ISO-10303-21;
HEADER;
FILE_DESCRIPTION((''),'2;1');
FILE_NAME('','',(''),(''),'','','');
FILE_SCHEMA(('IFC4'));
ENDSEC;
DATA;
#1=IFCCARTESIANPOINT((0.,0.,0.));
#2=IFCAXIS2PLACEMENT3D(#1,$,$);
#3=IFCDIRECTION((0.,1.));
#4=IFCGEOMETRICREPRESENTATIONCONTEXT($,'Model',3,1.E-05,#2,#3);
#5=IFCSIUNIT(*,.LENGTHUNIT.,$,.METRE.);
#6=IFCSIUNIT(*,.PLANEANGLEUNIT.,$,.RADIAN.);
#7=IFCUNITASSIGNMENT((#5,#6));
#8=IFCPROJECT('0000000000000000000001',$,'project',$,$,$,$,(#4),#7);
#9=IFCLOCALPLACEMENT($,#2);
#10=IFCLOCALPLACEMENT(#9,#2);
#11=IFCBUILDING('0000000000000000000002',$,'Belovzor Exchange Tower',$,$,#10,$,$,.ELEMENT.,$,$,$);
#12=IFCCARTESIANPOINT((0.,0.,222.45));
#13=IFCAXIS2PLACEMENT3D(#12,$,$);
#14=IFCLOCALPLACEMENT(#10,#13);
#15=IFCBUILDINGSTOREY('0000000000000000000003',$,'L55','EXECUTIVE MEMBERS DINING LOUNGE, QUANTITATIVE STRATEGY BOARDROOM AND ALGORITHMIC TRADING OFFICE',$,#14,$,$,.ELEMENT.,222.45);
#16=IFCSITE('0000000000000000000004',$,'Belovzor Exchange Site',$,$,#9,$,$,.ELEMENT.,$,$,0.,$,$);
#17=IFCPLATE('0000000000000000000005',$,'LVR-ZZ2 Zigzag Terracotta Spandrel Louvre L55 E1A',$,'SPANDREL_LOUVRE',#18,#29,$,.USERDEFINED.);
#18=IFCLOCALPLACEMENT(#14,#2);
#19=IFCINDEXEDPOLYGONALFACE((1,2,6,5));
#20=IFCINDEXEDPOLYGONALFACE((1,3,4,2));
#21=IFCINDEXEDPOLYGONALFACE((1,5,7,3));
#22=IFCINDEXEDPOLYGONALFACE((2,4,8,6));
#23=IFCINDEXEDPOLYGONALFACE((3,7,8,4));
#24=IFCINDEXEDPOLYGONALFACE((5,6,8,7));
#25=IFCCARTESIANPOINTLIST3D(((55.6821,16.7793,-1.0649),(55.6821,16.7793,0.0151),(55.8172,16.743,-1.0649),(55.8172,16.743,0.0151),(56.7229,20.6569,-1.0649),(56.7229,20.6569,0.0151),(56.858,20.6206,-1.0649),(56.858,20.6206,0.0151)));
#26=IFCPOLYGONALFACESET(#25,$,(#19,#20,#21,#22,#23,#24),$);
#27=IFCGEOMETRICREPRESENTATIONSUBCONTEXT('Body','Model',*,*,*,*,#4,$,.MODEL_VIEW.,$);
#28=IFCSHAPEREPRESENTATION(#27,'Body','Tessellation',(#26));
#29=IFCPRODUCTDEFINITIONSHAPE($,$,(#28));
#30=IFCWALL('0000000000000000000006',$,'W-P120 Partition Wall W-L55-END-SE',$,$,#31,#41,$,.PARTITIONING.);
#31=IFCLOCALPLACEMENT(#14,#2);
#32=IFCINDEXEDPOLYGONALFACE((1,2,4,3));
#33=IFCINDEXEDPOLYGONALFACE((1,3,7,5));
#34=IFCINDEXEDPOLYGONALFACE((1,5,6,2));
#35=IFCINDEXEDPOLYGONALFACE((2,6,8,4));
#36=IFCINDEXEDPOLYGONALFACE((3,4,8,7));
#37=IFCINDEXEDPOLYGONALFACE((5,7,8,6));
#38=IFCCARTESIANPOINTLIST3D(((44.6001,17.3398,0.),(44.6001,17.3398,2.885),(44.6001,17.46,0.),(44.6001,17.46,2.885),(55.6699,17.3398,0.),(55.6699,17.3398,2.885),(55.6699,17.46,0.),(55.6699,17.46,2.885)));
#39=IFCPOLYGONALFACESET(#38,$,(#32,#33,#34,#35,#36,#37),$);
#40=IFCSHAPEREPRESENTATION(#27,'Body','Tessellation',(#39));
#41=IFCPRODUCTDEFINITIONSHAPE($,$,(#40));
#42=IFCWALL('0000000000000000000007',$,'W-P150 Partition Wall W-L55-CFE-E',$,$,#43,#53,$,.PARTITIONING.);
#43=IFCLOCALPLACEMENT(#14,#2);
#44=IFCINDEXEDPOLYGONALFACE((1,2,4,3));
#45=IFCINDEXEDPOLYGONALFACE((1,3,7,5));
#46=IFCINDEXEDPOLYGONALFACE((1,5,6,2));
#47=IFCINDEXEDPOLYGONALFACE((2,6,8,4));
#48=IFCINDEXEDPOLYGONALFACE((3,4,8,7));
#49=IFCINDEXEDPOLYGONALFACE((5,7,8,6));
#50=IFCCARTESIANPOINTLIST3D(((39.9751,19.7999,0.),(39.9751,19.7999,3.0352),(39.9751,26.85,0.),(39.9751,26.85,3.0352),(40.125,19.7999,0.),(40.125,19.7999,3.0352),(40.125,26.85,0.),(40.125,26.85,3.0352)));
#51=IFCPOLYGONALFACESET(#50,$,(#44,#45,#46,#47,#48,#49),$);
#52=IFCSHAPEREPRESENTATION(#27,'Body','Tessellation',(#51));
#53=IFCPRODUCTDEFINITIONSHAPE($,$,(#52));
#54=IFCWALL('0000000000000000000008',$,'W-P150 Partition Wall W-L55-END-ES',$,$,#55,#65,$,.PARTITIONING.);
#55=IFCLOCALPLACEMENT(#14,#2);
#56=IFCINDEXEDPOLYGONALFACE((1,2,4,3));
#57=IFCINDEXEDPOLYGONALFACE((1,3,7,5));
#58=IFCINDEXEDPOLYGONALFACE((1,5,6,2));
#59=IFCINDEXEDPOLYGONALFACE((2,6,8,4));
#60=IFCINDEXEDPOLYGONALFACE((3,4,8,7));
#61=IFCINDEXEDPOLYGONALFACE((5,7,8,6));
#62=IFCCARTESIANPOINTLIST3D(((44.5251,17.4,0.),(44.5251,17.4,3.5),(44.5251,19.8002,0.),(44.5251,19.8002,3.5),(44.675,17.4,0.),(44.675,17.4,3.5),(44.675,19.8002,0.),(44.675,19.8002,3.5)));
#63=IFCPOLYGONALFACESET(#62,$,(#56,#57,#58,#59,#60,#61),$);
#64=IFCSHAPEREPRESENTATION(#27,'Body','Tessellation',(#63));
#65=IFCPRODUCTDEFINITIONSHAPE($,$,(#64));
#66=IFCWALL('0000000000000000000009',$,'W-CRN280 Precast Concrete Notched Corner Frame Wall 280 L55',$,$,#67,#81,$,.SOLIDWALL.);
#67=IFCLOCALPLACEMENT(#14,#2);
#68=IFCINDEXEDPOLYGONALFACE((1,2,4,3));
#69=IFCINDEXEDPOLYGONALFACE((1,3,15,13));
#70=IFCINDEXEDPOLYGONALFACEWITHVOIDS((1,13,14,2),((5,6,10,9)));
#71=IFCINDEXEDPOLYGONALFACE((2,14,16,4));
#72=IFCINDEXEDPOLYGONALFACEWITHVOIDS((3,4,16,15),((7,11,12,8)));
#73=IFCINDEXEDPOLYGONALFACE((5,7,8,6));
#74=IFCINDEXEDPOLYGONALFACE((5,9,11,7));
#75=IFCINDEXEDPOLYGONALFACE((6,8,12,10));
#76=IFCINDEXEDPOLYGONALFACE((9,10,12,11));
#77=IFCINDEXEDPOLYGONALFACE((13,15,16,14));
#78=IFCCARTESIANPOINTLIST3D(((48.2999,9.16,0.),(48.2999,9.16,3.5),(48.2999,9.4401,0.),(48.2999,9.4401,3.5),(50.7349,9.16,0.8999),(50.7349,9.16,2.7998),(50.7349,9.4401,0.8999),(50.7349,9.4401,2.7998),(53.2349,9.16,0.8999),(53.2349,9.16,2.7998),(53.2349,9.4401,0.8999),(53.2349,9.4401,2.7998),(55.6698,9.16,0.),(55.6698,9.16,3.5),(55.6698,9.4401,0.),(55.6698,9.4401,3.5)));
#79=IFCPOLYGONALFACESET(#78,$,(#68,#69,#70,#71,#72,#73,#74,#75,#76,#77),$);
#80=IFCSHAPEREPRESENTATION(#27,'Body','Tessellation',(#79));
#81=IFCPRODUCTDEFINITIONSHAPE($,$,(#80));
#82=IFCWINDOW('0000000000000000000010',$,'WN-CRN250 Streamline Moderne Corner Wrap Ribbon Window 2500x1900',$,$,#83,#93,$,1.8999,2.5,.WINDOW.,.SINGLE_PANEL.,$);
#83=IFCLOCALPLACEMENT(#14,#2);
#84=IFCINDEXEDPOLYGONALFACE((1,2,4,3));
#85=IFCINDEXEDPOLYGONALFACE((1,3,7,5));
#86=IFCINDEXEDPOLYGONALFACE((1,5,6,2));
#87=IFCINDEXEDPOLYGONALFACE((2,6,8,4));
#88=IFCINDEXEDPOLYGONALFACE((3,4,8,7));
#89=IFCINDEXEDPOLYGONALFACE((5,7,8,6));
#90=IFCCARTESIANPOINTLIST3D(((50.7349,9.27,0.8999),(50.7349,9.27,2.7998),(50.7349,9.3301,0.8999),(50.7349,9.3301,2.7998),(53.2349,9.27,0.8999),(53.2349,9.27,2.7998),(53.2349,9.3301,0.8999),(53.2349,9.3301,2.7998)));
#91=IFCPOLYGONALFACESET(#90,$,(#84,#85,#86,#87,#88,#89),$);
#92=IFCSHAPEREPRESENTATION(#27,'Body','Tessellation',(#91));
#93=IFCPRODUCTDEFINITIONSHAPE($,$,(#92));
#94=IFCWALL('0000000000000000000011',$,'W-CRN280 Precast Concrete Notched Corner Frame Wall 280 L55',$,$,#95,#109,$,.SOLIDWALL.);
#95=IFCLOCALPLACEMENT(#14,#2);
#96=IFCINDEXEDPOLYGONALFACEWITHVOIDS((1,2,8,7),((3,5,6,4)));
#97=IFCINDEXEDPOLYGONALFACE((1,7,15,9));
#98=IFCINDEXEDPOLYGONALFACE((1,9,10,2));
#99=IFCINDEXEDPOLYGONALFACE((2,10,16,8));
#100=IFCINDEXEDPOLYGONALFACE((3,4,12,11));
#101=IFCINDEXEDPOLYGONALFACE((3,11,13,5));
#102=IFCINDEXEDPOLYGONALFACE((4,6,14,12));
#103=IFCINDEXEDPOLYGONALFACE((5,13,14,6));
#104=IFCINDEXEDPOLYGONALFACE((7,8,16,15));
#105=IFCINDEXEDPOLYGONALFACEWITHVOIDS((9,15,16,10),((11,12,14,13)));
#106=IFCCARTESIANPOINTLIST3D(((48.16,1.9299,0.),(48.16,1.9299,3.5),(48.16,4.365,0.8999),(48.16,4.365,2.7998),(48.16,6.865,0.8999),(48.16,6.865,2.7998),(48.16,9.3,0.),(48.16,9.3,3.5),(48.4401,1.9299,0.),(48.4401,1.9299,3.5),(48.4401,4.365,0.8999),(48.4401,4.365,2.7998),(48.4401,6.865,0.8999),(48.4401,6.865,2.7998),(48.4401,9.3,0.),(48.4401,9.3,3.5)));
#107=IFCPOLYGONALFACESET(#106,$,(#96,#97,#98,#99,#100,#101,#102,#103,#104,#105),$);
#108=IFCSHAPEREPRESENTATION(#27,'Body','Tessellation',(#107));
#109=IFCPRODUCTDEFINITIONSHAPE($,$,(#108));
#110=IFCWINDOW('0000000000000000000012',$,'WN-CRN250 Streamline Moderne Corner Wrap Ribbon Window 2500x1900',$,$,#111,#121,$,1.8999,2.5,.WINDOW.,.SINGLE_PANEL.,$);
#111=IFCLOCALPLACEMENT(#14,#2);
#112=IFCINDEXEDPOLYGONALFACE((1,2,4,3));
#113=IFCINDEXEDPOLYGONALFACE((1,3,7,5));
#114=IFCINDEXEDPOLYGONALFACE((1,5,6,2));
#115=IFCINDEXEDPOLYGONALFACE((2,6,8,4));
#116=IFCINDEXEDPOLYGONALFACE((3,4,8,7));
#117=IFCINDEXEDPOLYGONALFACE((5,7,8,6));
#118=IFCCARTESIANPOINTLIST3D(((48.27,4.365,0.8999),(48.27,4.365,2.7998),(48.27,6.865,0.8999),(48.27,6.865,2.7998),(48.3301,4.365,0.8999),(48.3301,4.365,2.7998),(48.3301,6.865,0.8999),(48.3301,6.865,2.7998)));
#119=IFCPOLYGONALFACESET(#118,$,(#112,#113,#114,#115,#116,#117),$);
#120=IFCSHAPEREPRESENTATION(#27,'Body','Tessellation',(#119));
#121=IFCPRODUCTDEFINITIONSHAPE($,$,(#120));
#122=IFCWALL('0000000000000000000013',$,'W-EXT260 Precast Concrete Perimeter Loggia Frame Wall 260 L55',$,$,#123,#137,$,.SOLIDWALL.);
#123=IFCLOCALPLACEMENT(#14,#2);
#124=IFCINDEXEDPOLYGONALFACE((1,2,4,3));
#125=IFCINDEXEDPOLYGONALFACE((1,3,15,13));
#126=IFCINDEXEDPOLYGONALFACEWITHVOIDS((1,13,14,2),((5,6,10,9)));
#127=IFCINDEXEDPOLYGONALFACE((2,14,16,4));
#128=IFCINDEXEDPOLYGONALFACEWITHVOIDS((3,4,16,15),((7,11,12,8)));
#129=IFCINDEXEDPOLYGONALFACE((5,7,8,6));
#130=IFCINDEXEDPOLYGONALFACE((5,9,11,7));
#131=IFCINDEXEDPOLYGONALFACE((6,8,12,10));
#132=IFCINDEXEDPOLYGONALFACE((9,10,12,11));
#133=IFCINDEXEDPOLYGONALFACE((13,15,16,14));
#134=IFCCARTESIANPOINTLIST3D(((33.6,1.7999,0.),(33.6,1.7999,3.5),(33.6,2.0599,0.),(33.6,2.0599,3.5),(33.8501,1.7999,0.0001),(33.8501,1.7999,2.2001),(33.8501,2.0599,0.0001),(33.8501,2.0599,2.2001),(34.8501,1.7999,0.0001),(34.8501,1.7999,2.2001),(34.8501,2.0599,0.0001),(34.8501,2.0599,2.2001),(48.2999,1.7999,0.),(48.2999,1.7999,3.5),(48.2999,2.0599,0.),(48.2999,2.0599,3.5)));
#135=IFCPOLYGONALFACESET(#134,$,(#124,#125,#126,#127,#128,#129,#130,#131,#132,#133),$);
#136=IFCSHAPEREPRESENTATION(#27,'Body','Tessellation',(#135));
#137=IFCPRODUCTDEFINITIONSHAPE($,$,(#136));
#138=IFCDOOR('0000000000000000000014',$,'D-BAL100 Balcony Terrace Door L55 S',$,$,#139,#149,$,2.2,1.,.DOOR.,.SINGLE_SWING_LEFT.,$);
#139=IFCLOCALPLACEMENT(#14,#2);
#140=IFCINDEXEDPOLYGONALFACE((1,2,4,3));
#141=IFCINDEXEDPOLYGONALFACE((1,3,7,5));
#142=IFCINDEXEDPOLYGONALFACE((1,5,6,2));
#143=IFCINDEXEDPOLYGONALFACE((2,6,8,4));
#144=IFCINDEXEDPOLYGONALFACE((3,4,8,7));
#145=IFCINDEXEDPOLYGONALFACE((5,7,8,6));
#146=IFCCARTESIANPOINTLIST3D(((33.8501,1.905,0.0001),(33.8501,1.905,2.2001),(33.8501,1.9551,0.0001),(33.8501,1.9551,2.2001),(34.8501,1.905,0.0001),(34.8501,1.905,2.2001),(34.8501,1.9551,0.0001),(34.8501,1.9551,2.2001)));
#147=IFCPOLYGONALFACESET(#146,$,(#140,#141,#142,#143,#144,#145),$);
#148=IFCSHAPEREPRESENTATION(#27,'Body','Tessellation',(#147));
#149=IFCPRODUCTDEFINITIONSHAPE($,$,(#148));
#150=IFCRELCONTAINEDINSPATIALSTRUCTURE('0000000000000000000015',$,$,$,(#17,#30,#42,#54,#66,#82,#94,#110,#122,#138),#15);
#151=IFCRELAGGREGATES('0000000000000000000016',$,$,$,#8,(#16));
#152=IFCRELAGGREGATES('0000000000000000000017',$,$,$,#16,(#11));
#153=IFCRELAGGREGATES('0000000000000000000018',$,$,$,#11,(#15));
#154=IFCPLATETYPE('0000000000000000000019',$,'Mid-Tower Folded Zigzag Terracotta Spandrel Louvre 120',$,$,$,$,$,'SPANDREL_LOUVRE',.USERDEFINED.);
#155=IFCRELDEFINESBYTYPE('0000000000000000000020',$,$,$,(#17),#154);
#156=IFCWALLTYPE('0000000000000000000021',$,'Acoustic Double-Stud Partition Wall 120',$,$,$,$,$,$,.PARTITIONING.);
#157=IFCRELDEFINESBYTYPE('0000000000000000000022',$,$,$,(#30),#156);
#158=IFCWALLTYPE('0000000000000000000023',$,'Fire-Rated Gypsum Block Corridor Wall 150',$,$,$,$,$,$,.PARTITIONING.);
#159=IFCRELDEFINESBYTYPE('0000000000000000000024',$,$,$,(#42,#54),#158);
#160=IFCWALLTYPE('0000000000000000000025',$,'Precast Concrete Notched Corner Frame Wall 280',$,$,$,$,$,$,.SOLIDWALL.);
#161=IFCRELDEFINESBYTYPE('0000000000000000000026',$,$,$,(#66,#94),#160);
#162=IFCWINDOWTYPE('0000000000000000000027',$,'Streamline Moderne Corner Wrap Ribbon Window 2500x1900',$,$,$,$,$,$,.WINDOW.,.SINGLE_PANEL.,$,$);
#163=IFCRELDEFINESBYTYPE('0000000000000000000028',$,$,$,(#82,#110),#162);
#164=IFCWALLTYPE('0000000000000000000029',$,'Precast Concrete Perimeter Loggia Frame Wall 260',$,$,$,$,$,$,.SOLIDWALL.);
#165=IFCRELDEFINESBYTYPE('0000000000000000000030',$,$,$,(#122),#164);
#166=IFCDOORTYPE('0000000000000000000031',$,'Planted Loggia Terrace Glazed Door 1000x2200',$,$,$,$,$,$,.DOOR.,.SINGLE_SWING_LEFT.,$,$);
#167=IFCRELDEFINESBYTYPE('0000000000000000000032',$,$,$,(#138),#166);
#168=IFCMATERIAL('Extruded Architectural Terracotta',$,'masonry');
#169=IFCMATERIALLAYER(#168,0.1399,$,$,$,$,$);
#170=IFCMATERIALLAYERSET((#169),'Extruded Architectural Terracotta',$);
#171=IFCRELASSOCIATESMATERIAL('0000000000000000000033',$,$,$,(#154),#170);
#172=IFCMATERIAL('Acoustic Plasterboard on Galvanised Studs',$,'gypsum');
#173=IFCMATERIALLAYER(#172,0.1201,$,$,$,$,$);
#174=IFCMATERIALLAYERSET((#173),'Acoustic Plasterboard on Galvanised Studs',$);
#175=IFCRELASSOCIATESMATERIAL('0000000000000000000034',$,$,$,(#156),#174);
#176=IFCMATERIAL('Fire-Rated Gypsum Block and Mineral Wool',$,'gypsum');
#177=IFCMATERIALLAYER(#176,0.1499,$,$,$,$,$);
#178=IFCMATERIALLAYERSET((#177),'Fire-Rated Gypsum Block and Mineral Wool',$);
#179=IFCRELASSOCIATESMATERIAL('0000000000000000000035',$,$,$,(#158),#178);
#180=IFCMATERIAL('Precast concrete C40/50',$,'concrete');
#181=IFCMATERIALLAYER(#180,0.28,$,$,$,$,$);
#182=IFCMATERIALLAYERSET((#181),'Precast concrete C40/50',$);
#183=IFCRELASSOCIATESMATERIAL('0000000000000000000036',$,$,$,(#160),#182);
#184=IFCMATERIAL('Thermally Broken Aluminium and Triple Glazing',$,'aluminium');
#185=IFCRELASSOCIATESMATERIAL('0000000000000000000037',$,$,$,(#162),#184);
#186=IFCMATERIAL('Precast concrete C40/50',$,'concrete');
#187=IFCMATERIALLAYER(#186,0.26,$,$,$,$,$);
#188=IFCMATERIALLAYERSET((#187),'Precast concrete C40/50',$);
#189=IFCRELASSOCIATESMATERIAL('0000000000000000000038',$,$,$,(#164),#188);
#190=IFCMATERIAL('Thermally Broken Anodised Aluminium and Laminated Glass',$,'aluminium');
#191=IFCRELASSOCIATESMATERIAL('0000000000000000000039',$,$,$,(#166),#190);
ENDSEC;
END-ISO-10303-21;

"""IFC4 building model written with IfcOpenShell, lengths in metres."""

from ifc_helpers import new_model, si_unit, direction, frame, frame_2d, origin, origin_2d, place, context, subcontext, project, spatial, rectangle, extrude, material, layer, layer_set, type_object, element, fill, save


model = new_model("IFC4")

# Units and contexts
model_context = context("Model", 3, precision=1e-05, world=origin(), true_north=direction((0.0, 1.0)))
body_context = subcontext(model_context, "Body", "Model", "MODEL_VIEW")
ifc_project = project(units=[si_unit("LENGTHUNIT", "METRE"), si_unit("PLANEANGLEUNIT", "RADIAN")], contexts=[model_context])

# Site, building, storey
site_placement = place(None, origin())
site = spatial("IfcSite", under=ifc_project, at=site_placement, Name="Belovzor Exchange Site", CompositionType="ELEMENT", RefElevation=0.0)
building_placement = place(site_placement, origin())
building = spatial("IfcBuilding", under=site, at=building_placement, Name="Belovzor Exchange Tower", CompositionType="ELEMENT")
storey_placement = place(building_placement, frame((0.0, 0.0, 222.45)))
storey = spatial("IfcBuildingStorey", under=building, at=storey_placement, Name="L55", Description="EXECUTIVE MEMBERS DINING LOUNGE, QUANTITATIVE STRATEGY BOARDROOM AND ALGORITHMIC TRADING OFFICE", CompositionType="ELEMENT", Elevation=222.45)

# Plate
ifc_material_1 = material(Name="Extruded Architectural Terracotta", Category="masonry")
ifc_layer_1 = layer(ifc_material_1, 0.1399)
ifc_layer_set_1 = layer_set([ifc_layer_1], Name="Extruded Architectural Terracotta")
plate_type = type_object("IfcPlateType", Name="Mid-Tower Folded Zigzag Terracotta Spandrel Louvre 120", ElementType="SPANDREL_LOUVRE", PredefinedType="USERDEFINED", material=ifc_layer_set_1)
plate_placement = place(storey_placement, frame((56.27, 18.7, -1.0649), z_axis=(0.0, 0.0, 1.0), x_axis=(0.25924, 0.965813, 0.0)))
element("IfcPlate", 1, at=plate_placement, inside=storey, type_object=plate_type, Name="LVR-ZZ2 Zigzag Terracotta Spandrel Louvre L55 E1A", ObjectType="SPANDREL_LOUVRE", PredefinedType="USERDEFINED", context=body_context, shape_type="SweptSolid", body=[
    extrude(rectangle(XDim=4.0149, YDim=0.1399, at=origin_2d()), origin(), (0.0, 0.0, 1.0), 1.0801),
])

# Walls
ifc_material_2 = material(Name="Acoustic Plasterboard on Galvanised Studs", Category="gypsum")
ifc_layer_2 = layer(ifc_material_2, 0.1201)
ifc_layer_set_2 = layer_set([ifc_layer_2], Name="Acoustic Plasterboard on Galvanised Studs")
wall_type_1 = type_object("IfcWallType", Name="Acoustic Double-Stud Partition Wall 120", PredefinedType="PARTITIONING", material=ifc_layer_set_2)
wall_1_placement = place(storey_placement, frame((44.6001, 17.3999, 0.0), z_axis=(0.0, 0.0, 1.0), x_axis=(1.0, 0.0, 0.0)))
element("IfcWall", 2, at=wall_1_placement, inside=storey, type_object=wall_type_1, Name="W-P120 Partition Wall W-L55-END-SE", PredefinedType="PARTITIONING", context=body_context, shape_type="SweptSolid", body=[
    extrude(rectangle(XDim=11.0698, YDim=0.1201, at=frame_2d((5.5349, 0.0))), origin(), (0.0, 0.0, 1.0), 2.885),
])
ifc_material_3 = material(Name="Fire-Rated Gypsum Block and Mineral Wool", Category="gypsum")
ifc_layer_3 = layer(ifc_material_3, 0.1499)
ifc_layer_set_3 = layer_set([ifc_layer_3], Name="Fire-Rated Gypsum Block and Mineral Wool")
wall_type_2 = type_object("IfcWallType", Name="Fire-Rated Gypsum Block Corridor Wall 150", PredefinedType="PARTITIONING", material=ifc_layer_set_3)
wall_2_placement = place(storey_placement, frame((40.05, 19.8, 0.0), z_axis=(0.0, 0.0, 1.0), x_axis=(0.0, 1.0, 0.0)))
element("IfcWall", 3, at=wall_2_placement, inside=storey, type_object=wall_type_2, Name="W-P150 Partition Wall W-L55-CFE-E", PredefinedType="PARTITIONING", context=body_context, shape_type="SweptSolid", body=[
    extrude(rectangle(XDim=7.05, YDim=0.1499, at=frame_2d((3.5249, 0.0))), origin(), (0.0, 0.0, 1.0), 3.0352),
])
wall_3_placement = place(storey_placement, frame((44.6001, 17.3999, 0.0), z_axis=(0.0, 0.0, 1.0), x_axis=(0.0, 1.0, 0.0)))
element("IfcWall", 4, at=wall_3_placement, inside=storey, type_object=wall_type_2, Name="W-P150 Partition Wall W-L55-END-ES", PredefinedType="PARTITIONING", context=body_context, shape_type="SweptSolid", body=[
    extrude(rectangle(XDim=2.4001, YDim=0.1499, at=frame_2d((1.2002, 0.0))), origin(), (0.0, 0.0, 1.0), 3.5),
])

# Walls, openings, windows
ifc_material_4 = material(Name="Precast concrete C40/50", Category="concrete")
ifc_layer_4 = layer(ifc_material_4, 0.28)
ifc_layer_set_4 = layer_set([ifc_layer_4], Name="Precast concrete C40/50")
wall_type_3 = type_object("IfcWallType", Name="Precast Concrete Notched Corner Frame Wall 280", PredefinedType="SOLIDWALL", material=ifc_layer_set_4)
wall_4_placement = place(storey_placement, frame((55.6699, 9.3, 0.0), z_axis=(0.0, 0.0, 1.0), x_axis=(-1.0, 0.0, 0.0)))
wall_4 = element("IfcWall", 5, at=wall_4_placement, inside=storey, type_object=wall_type_3, Name="W-CRN280 Precast Concrete Notched Corner Frame Wall 280 L55", PredefinedType="SOLIDWALL", context=body_context, shape_type="SweptSolid", body=[
    extrude(rectangle(XDim=7.3699, YDim=0.28, at=frame_2d((3.6851, 0.0))), origin(), (0.0, 0.0, 1.0), 3.5),
])
opening_1_placement = place(wall_4_placement, frame((2.4351, 0.0, 0.8999)))
opening_1 = element("IfcOpeningElement", 6, at=opening_1_placement, cuts=wall_4, PredefinedType="OPENING", context=body_context, shape_type="SweptSolid", body=[
    extrude(rectangle(XDim=2.5, YDim=1.8999, at=frame_2d((1.25, 0.95))), frame((0.0, 0.1499, 0.0), z_axis=(0.0, -1.0, 0.0), x_axis=(1.0, 0.0, 0.0)), (0.0, 0.0, 1.0), 0.3),
])
ifc_material_5 = material(Name="Thermally Broken Aluminium and Triple Glazing", Category="aluminium")
window_type = type_object("IfcWindowType", Name="Streamline Moderne Corner Wrap Ribbon Window 2500x1900", PartitioningType="SINGLE_PANEL", PredefinedType="WINDOW", material=ifc_material_5)
window_1_placement = place(opening_1_placement, origin())
window_1 = element("IfcWindow", 7, at=window_1_placement, inside=storey, type_object=window_type, Name="WN-CRN250 Streamline Moderne Corner Wrap Ribbon Window 2500x1900", OverallHeight=1.8999, OverallWidth=2.5, PartitioningType="SINGLE_PANEL", PredefinedType="WINDOW", context=body_context, shape_type="SweptSolid", body=[
    extrude(rectangle(XDim=2.5, YDim=1.8999, at=frame_2d((1.25, 0.95))), frame((0.0, 0.03, 0.0), z_axis=(0.0, -1.0, 0.0), x_axis=(1.0, 0.0, 0.0)), (0.0, 0.0, 1.0), 0.0601),
])
fill(opening_1, window_1)
wall_5_placement = place(storey_placement, frame((48.3, 9.3, 0.0), z_axis=(0.0, 0.0, 1.0), x_axis=(0.0, -1.0, 0.0)))
wall_5 = element("IfcWall", 8, at=wall_5_placement, inside=storey, type_object=wall_type_3, Name="W-CRN280 Precast Concrete Notched Corner Frame Wall 280 L55", PredefinedType="SOLIDWALL", context=body_context, shape_type="SweptSolid", body=[
    extrude(rectangle(XDim=7.3701, YDim=0.28, at=frame_2d((3.6851, 0.0))), origin(), (0.0, 0.0, 1.0), 3.5),
])
opening_2_placement = place(wall_5_placement, frame((2.4351, 0.0, 0.8999)))
opening_2 = element("IfcOpeningElement", 9, at=opening_2_placement, cuts=wall_5, PredefinedType="OPENING", context=body_context, shape_type="SweptSolid", body=[
    extrude(rectangle(XDim=2.5, YDim=1.8999, at=frame_2d((1.25, 0.95))), frame((0.0, 0.1499, 0.0), z_axis=(0.0, -1.0, 0.0), x_axis=(1.0, 0.0, 0.0)), (0.0, 0.0, 1.0), 0.3),
])
window_2_placement = place(opening_2_placement, origin())
window_2 = element("IfcWindow", 10, at=window_2_placement, inside=storey, type_object=window_type, Name="WN-CRN250 Streamline Moderne Corner Wrap Ribbon Window 2500x1900", OverallHeight=1.8999, OverallWidth=2.5, PartitioningType="SINGLE_PANEL", PredefinedType="WINDOW", context=body_context, shape_type="SweptSolid", body=[
    extrude(rectangle(XDim=2.5, YDim=1.8999, at=frame_2d((1.25, 0.95))), frame((0.0, 0.03, 0.0), z_axis=(0.0, -1.0, 0.0), x_axis=(1.0, 0.0, 0.0)), (0.0, 0.0, 1.0), 0.0601),
])
fill(opening_2, window_2)

# Wall, opening, door
ifc_material_6 = material(Name="Precast concrete C40/50", Category="concrete")
ifc_layer_5 = layer(ifc_material_6, 0.26)
ifc_layer_set_5 = layer_set([ifc_layer_5], Name="Precast concrete C40/50")
wall_type_4 = type_object("IfcWallType", Name="Precast Concrete Perimeter Loggia Frame Wall 260", PredefinedType="SOLIDWALL", material=ifc_layer_set_5)
wall_6_placement = place(storey_placement, frame((48.3, 1.9299, 0.0), z_axis=(0.0, 0.0, 1.0), x_axis=(-1.0, 0.0, 0.0)))
wall_6 = element("IfcWall", 11, at=wall_6_placement, inside=storey, type_object=wall_type_4, Name="W-EXT260 Precast Concrete Perimeter Loggia Frame Wall 260 L55", PredefinedType="SOLIDWALL", context=body_context, shape_type="SweptSolid", body=[
    extrude(rectangle(XDim=14.7, YDim=0.26, at=frame_2d((7.3501, 0.0))), origin(), (0.0, 0.0, 1.0), 3.5),
])
opening_3_placement = place(wall_6_placement, frame((13.45, 0.0, 0.0)))
opening_3 = element("IfcOpeningElement", 12, at=opening_3_placement, cuts=wall_6, PredefinedType="OPENING", context=body_context, shape_type="SweptSolid", body=[
    extrude(rectangle(XDim=1.0, YDim=2.2, at=frame_2d((0.5, 1.1001))), frame((0.0, 0.1399, 0.0), z_axis=(0.0, -1.0, 0.0), x_axis=(1.0, 0.0, 0.0)), (0.0, 0.0, 1.0), 0.28),
])
ifc_material_7 = material(Name="Thermally Broken Anodised Aluminium and Laminated Glass", Category="aluminium")
door_type = type_object("IfcDoorType", Name="Planted Loggia Terrace Glazed Door 1000x2200", OperationType="SINGLE_SWING_LEFT", PredefinedType="DOOR", material=ifc_material_7)
door_placement = place(opening_3_placement, origin())
door = element("IfcDoor", 13, at=door_placement, inside=storey, type_object=door_type, Name="D-BAL100 Balcony Terrace Door L55 S", OperationType="SINGLE_SWING_LEFT", OverallHeight=2.2, OverallWidth=1.0, PredefinedType="DOOR", context=body_context, shape_type="SweptSolid", body=[
    extrude(rectangle(XDim=1.0, YDim=2.2, at=frame_2d((0.5, 1.1001))), frame((0.0, 0.0249, 0.0), z_axis=(0.0, -1.0, 0.0), x_axis=(1.0, 0.0, 0.0)), (0.0, 0.0, 1.0), 0.05),
])
fill(opening_3, door)

save(model, "model.ifc")
